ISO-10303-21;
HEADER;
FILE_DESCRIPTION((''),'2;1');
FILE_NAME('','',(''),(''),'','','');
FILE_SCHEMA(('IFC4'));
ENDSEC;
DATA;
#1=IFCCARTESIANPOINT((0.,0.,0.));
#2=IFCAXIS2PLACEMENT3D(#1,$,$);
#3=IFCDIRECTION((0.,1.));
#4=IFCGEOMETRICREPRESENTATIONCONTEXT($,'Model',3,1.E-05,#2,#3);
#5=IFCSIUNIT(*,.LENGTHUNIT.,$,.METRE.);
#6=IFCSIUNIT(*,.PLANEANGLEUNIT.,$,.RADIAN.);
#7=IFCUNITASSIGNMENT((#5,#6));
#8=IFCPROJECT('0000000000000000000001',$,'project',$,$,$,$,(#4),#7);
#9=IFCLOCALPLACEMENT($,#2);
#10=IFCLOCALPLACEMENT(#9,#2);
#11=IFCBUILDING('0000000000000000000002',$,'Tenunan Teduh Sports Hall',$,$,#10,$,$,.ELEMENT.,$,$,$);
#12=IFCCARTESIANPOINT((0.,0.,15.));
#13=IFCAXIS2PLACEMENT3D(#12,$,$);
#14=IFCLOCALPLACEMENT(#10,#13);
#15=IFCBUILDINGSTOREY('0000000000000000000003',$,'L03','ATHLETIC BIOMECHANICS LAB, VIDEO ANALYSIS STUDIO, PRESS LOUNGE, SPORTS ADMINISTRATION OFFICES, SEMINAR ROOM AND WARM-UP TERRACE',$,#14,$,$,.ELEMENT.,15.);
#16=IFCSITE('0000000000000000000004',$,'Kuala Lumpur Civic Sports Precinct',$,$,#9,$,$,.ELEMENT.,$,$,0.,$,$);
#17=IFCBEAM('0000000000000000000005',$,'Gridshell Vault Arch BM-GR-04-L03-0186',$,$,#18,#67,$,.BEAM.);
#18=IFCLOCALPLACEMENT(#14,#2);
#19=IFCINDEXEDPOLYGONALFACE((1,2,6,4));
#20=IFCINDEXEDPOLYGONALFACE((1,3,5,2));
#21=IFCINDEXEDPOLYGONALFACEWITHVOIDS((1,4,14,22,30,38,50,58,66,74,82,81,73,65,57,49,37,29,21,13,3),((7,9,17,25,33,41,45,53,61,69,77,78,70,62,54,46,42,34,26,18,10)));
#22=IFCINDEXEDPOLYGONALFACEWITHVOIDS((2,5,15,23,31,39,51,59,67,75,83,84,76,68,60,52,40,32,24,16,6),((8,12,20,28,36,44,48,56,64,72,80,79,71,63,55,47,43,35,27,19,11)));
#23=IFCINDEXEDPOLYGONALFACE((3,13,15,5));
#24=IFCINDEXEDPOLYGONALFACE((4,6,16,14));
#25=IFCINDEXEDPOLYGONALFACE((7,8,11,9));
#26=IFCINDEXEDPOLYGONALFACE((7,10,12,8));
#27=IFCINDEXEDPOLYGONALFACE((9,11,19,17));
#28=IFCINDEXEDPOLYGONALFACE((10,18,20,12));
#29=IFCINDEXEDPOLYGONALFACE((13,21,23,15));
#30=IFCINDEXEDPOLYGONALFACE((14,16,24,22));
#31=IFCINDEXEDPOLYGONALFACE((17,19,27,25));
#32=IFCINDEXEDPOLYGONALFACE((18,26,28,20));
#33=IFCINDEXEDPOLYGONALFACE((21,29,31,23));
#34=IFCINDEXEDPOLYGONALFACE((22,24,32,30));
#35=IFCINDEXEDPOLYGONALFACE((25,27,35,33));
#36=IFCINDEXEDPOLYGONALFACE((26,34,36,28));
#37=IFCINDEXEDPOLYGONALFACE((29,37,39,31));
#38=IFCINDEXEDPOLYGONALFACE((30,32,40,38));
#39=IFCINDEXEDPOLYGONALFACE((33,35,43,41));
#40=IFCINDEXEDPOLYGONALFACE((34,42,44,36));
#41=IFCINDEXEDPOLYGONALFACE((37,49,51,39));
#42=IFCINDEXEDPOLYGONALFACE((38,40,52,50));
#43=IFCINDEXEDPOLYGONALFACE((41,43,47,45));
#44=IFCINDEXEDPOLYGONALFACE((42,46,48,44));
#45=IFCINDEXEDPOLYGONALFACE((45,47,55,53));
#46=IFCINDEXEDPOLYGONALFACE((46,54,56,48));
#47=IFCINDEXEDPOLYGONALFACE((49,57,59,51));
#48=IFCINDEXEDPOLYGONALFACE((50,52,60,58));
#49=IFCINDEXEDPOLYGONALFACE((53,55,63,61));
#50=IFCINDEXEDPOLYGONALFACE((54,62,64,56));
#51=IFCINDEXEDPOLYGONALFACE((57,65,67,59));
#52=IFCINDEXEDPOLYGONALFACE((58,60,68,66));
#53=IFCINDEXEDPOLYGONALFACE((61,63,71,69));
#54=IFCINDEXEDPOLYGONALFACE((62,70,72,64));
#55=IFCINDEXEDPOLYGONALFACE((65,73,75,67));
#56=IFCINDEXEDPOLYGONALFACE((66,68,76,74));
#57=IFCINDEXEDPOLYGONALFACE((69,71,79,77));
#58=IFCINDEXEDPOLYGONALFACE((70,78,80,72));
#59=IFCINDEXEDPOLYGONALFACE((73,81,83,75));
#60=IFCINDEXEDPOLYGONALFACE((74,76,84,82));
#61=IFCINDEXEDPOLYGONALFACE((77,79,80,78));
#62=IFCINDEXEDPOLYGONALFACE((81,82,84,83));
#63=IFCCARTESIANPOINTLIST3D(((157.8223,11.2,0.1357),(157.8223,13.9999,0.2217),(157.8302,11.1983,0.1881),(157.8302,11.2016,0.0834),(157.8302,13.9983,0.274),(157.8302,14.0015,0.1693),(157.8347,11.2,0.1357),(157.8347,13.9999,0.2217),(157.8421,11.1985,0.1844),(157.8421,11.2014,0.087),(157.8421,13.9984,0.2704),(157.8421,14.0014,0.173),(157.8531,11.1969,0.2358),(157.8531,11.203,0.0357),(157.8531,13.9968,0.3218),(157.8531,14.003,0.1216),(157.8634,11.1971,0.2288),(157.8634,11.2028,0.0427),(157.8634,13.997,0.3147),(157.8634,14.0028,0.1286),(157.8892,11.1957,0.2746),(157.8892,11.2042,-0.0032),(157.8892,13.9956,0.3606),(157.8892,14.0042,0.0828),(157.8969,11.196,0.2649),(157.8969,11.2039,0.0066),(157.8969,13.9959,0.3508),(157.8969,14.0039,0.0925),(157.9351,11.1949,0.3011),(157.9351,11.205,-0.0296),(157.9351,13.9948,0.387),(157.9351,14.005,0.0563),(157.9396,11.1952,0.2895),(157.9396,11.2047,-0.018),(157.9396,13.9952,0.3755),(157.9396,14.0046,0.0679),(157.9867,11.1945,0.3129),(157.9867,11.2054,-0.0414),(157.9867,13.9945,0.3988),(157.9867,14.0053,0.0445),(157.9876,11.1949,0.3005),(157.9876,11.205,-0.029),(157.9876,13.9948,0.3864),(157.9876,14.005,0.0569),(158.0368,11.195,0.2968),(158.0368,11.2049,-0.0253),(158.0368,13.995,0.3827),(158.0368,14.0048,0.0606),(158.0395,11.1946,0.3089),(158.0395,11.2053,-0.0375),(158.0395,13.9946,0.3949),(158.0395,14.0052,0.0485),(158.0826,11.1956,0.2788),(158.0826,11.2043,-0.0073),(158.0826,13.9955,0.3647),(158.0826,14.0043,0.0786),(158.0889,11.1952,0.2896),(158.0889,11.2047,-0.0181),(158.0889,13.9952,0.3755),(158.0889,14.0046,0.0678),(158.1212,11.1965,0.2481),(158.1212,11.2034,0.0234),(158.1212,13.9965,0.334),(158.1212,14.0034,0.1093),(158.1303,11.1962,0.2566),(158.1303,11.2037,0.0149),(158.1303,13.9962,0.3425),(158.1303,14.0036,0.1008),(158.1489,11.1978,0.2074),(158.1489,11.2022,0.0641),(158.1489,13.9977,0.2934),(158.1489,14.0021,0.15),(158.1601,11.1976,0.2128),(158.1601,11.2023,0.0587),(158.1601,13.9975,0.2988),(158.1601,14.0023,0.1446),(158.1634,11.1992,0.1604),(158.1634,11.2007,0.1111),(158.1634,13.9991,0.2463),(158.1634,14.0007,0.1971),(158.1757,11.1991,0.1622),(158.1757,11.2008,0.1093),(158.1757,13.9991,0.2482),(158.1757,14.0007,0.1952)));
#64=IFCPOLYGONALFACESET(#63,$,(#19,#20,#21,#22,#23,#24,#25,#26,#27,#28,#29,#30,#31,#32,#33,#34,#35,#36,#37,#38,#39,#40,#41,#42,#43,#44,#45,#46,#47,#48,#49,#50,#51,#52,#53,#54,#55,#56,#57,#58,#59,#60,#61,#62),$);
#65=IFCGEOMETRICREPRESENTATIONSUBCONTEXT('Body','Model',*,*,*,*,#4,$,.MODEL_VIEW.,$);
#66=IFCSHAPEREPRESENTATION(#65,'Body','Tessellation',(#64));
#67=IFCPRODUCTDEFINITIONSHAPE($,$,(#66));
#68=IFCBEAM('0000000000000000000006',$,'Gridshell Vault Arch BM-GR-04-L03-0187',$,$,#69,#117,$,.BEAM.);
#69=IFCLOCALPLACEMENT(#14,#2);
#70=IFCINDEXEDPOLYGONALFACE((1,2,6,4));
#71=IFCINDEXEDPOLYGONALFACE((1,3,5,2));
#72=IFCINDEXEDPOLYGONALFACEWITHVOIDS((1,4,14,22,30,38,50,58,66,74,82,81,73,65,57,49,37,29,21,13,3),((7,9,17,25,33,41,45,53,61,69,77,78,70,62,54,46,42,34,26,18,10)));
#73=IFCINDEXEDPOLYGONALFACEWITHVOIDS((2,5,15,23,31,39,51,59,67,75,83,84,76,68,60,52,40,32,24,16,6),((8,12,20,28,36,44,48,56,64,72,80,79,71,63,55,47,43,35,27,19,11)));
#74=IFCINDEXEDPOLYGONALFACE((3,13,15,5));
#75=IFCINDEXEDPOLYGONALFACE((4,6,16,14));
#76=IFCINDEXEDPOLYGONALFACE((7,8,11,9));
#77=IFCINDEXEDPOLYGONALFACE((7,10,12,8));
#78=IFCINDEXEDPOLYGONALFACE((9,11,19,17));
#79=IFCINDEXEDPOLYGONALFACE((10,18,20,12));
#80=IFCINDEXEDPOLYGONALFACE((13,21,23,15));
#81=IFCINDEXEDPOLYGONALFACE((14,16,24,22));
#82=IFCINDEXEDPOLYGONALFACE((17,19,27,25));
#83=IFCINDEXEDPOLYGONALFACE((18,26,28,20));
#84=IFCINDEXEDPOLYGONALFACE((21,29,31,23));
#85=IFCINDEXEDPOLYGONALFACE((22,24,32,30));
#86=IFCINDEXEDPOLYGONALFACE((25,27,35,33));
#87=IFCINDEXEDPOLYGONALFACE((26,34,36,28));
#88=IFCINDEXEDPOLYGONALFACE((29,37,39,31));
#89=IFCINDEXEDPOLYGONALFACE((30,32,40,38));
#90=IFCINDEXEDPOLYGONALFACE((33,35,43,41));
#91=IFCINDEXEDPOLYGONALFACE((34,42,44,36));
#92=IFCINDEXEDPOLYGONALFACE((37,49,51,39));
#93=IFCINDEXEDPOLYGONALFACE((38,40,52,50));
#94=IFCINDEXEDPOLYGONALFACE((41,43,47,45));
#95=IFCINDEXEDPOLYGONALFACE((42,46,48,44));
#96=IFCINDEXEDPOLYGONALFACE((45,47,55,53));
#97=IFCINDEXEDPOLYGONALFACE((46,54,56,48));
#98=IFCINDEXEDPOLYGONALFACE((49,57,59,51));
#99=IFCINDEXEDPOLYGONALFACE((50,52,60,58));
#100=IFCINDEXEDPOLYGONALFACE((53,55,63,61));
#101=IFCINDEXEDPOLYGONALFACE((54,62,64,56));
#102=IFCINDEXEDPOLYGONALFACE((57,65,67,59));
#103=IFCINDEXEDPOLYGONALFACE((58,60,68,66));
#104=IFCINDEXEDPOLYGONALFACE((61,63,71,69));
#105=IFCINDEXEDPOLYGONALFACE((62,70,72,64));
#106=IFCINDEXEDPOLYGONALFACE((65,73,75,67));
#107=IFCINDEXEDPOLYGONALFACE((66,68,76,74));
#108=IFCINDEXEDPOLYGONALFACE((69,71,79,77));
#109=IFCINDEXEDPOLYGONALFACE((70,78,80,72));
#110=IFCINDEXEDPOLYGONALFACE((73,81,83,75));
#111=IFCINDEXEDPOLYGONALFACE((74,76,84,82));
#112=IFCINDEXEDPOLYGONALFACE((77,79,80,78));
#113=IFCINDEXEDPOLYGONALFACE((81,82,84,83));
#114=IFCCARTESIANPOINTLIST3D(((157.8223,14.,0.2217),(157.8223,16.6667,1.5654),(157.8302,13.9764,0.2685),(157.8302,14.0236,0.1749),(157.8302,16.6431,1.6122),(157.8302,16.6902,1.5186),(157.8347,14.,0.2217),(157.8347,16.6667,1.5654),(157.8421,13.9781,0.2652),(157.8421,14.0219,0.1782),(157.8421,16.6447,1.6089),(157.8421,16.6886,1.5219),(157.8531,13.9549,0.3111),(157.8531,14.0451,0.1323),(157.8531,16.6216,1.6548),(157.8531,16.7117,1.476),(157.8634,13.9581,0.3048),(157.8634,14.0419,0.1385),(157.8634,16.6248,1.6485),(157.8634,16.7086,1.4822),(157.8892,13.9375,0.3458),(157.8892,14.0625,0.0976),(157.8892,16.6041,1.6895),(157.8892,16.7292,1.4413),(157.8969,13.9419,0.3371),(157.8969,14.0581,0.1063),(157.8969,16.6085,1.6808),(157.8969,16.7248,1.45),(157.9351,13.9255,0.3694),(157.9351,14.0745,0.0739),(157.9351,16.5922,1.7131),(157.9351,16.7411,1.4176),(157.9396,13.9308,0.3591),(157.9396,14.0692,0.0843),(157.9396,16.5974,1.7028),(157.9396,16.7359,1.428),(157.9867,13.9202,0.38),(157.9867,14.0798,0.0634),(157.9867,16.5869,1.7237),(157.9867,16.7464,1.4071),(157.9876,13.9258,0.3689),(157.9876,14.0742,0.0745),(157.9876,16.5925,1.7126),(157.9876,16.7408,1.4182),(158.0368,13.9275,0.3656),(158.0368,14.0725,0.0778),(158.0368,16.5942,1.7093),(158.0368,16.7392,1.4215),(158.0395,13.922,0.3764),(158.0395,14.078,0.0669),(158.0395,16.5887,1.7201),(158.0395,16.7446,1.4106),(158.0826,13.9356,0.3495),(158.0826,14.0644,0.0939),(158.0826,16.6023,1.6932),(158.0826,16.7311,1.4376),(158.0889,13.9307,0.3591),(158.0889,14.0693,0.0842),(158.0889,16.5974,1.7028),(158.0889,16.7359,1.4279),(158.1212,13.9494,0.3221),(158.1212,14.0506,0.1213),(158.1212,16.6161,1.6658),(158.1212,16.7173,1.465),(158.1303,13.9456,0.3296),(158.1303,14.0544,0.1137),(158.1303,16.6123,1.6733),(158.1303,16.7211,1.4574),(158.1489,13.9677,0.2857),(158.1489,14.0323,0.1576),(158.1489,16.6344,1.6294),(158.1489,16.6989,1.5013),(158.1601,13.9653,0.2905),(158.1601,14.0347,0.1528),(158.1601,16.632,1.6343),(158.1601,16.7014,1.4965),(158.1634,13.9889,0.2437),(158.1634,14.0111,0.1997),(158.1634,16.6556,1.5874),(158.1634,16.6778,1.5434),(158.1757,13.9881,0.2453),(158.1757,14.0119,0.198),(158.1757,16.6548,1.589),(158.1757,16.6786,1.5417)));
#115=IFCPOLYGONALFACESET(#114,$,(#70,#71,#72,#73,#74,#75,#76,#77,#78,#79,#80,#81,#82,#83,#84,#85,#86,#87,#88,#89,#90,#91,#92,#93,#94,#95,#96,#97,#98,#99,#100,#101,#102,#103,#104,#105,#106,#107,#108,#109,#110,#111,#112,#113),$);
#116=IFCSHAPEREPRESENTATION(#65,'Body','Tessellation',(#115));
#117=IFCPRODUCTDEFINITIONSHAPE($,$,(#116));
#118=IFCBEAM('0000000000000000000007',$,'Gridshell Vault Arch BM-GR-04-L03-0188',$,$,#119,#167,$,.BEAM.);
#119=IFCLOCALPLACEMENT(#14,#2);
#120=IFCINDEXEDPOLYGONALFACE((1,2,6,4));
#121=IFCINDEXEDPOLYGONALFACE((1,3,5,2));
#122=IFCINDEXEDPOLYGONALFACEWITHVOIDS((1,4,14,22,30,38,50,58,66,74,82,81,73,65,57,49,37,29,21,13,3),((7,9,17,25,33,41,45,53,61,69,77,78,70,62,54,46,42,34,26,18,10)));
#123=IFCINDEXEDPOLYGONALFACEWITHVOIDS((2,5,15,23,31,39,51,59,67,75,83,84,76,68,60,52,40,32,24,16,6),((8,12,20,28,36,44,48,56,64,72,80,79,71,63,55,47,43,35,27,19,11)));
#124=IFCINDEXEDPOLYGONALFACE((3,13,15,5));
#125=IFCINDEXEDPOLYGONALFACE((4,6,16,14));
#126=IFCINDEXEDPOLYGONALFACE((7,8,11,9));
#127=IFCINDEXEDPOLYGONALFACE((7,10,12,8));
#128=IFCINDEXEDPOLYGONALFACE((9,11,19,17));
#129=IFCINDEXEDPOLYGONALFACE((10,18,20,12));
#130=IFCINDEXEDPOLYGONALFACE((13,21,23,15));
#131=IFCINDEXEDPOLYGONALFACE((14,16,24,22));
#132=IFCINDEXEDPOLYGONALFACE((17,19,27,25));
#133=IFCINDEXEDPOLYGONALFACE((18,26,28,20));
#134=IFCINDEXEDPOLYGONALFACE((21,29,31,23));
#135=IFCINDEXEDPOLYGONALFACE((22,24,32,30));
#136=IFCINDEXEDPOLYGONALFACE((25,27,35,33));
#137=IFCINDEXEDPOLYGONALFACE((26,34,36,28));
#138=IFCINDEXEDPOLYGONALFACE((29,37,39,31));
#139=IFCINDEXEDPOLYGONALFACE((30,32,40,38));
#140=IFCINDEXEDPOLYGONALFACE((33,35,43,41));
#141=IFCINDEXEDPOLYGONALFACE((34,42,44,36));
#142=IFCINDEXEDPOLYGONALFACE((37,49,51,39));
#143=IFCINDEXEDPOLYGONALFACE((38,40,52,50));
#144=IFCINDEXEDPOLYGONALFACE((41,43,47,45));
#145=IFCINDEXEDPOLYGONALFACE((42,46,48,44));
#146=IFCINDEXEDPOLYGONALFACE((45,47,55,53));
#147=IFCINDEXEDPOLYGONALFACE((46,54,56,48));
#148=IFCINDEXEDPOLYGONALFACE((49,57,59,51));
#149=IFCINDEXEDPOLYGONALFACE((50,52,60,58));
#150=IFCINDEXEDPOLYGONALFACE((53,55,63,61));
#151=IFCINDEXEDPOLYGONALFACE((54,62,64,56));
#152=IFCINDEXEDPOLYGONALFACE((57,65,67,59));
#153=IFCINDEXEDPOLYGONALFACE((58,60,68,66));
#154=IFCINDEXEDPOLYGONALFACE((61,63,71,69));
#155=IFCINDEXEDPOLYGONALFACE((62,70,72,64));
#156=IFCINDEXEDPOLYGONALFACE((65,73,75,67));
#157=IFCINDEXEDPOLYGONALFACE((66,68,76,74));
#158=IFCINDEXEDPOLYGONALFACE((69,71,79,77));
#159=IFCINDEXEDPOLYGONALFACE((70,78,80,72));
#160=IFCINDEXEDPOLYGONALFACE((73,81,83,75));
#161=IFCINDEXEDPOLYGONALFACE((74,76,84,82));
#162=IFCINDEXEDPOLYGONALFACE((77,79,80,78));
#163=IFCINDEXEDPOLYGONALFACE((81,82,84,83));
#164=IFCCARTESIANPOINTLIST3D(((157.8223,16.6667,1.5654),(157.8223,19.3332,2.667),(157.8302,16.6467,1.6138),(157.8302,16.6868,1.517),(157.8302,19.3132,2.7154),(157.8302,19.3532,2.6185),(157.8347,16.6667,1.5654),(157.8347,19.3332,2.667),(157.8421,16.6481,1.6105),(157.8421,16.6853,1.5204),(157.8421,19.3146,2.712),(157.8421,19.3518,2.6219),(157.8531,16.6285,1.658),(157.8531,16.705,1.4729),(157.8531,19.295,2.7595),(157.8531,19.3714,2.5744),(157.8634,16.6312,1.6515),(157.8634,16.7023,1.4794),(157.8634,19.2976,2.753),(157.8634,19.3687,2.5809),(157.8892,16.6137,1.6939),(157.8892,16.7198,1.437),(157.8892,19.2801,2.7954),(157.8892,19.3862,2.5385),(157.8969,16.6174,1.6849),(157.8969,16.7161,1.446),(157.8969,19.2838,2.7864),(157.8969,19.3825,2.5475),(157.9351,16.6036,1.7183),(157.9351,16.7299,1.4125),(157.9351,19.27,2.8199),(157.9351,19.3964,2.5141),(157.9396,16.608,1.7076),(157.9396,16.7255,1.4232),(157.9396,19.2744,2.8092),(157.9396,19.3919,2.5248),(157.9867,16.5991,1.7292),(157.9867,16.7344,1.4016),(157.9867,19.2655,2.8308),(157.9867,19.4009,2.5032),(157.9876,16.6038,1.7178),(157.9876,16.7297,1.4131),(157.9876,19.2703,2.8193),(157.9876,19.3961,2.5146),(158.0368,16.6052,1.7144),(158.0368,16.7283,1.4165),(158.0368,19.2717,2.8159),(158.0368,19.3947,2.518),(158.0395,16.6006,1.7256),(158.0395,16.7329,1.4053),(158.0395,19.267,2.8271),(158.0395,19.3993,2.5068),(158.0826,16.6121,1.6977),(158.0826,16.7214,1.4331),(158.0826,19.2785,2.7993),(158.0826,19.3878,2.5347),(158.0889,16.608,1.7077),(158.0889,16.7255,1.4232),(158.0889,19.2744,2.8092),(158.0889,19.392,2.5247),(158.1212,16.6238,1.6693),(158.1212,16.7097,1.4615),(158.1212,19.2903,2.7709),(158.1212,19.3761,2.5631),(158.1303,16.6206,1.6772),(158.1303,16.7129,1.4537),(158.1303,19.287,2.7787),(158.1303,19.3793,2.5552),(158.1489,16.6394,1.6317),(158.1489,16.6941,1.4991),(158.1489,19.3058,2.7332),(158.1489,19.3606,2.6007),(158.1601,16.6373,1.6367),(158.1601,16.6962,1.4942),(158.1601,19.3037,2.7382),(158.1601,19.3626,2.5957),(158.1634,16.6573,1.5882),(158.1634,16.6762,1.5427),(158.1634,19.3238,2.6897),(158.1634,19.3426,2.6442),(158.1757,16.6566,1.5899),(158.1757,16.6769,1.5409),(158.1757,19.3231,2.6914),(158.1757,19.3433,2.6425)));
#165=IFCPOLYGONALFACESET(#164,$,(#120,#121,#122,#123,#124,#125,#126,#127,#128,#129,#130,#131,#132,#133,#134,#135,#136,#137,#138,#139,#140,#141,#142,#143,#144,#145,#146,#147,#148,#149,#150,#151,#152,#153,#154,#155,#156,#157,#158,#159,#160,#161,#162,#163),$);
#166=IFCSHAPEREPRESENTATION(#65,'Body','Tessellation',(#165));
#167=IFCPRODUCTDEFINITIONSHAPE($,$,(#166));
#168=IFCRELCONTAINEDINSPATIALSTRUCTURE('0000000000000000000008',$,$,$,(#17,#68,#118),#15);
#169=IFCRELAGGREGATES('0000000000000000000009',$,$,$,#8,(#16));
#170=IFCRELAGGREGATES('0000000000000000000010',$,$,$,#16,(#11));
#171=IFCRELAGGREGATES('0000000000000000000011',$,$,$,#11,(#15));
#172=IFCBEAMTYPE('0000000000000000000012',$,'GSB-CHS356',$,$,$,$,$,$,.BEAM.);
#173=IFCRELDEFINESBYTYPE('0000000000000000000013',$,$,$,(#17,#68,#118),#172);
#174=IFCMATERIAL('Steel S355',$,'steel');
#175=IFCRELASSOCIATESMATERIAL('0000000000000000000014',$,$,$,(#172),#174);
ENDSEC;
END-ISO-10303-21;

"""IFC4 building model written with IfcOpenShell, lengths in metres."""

from ifc_helpers import new_model, si_unit, direction, frame, origin, origin_2d, place, context, subcontext, project, spatial, hollow_circle, extrude, material, material_profile, profile_set, type_object, element, save


model = new_model("IFC4")

# Units and contexts
model_context = context("Model", 3, precision=1e-05, world=origin(), true_north=direction((0.0, 1.0)))
body_context = subcontext(model_context, "Body", "Model", "MODEL_VIEW")
ifc_project = project(units=[si_unit("LENGTHUNIT", "METRE"), si_unit("PLANEANGLEUNIT", "RADIAN")], contexts=[model_context])

# Site, building, storey
site_placement = place(None, origin())
site = spatial("IfcSite", under=ifc_project, at=site_placement, Name="Kuala Lumpur Civic Sports Precinct", CompositionType="ELEMENT", RefElevation=0.0)
building_placement = place(site_placement, origin())
building = spatial("IfcBuilding", under=site, at=building_placement, Name="Tenunan Teduh Sports Hall", CompositionType="ELEMENT")
storey_placement = place(building_placement, frame((0.0, 0.0, 15.0)))
storey = spatial("IfcBuildingStorey", under=building, at=storey_placement, Name="L03", Description="ATHLETIC BIOMECHANICS LAB, VIDEO ANALYSIS STUDIO, PRESS LOUNGE, SPORTS ADMINISTRATION OFFICES, SEMINAR ROOM AND WARM-UP TERRACE", CompositionType="ELEMENT", Elevation=15.0)

# Beams
ifc_material_1 = material(Name="Steel S355", Category="steel")
ifc_material_profile_1 = material_profile(ifc_material_1, hollow_circle(Radius=0.1777, WallThickness=0.0125, at=origin_2d()), Name="CHS 355.6x12.5")
ifc_profile_set_1 = profile_set([ifc_material_profile_1], Name="Steel S355")
beam_type_1 = type_object("IfcBeamType", Name="GSB-CHS356", PredefinedType="BEAM", material=ifc_profile_set_1)
beam_1_placement = place(storey_placement, frame((158.0, 11.2, 0.1357), z_axis=(0.0, 0.999529, 0.030677), x_axis=(-1.0, 0.0, 0.0)))
element("IfcBeam", 1, at=beam_1_placement, inside=storey, type_object=beam_type_1, Name="Gridshell Vault Arch BM-GR-04-L03-0186", PredefinedType="BEAM", context=body_context, shape_type="SweptSolid", body=[
    extrude(hollow_circle(Radius=0.1777, WallThickness=0.0125, at=origin_2d()), origin(), (0.0, 0.0, 1.0), 2.8013),
])
beam_2_placement = place(storey_placement, frame((158.0, 14.0, 0.2217), z_axis=(0.0, 0.893033, 0.449991), x_axis=(-1.0, 0.0, 0.0)))
element("IfcBeam", 2, at=beam_2_placement, inside=storey, type_object=beam_type_1, Name="Gridshell Vault Arch BM-GR-04-L03-0187", PredefinedType="BEAM", context=body_context, shape_type="SweptSolid", body=[
    extrude(hollow_circle(Radius=0.1777, WallThickness=0.0125, at=origin_2d()), origin(), (0.0, 0.0, 1.0), 2.9861),
])
beam_3_placement = place(storey_placement, frame((158.0, 16.6667, 1.5654), z_axis=(0.0, 0.924239, 0.381814), x_axis=(-1.0, 0.0, 0.0)))
element("IfcBeam", 3, at=beam_3_placement, inside=storey, type_object=beam_type_1, Name="Gridshell Vault Arch BM-GR-04-L03-0188", PredefinedType="BEAM", context=body_context, shape_type="SweptSolid", body=[
    extrude(hollow_circle(Radius=0.1777, WallThickness=0.0125, at=origin_2d()), origin(), (0.0, 0.0, 1.0), 2.885),
])

save(model, "model.ifc")
